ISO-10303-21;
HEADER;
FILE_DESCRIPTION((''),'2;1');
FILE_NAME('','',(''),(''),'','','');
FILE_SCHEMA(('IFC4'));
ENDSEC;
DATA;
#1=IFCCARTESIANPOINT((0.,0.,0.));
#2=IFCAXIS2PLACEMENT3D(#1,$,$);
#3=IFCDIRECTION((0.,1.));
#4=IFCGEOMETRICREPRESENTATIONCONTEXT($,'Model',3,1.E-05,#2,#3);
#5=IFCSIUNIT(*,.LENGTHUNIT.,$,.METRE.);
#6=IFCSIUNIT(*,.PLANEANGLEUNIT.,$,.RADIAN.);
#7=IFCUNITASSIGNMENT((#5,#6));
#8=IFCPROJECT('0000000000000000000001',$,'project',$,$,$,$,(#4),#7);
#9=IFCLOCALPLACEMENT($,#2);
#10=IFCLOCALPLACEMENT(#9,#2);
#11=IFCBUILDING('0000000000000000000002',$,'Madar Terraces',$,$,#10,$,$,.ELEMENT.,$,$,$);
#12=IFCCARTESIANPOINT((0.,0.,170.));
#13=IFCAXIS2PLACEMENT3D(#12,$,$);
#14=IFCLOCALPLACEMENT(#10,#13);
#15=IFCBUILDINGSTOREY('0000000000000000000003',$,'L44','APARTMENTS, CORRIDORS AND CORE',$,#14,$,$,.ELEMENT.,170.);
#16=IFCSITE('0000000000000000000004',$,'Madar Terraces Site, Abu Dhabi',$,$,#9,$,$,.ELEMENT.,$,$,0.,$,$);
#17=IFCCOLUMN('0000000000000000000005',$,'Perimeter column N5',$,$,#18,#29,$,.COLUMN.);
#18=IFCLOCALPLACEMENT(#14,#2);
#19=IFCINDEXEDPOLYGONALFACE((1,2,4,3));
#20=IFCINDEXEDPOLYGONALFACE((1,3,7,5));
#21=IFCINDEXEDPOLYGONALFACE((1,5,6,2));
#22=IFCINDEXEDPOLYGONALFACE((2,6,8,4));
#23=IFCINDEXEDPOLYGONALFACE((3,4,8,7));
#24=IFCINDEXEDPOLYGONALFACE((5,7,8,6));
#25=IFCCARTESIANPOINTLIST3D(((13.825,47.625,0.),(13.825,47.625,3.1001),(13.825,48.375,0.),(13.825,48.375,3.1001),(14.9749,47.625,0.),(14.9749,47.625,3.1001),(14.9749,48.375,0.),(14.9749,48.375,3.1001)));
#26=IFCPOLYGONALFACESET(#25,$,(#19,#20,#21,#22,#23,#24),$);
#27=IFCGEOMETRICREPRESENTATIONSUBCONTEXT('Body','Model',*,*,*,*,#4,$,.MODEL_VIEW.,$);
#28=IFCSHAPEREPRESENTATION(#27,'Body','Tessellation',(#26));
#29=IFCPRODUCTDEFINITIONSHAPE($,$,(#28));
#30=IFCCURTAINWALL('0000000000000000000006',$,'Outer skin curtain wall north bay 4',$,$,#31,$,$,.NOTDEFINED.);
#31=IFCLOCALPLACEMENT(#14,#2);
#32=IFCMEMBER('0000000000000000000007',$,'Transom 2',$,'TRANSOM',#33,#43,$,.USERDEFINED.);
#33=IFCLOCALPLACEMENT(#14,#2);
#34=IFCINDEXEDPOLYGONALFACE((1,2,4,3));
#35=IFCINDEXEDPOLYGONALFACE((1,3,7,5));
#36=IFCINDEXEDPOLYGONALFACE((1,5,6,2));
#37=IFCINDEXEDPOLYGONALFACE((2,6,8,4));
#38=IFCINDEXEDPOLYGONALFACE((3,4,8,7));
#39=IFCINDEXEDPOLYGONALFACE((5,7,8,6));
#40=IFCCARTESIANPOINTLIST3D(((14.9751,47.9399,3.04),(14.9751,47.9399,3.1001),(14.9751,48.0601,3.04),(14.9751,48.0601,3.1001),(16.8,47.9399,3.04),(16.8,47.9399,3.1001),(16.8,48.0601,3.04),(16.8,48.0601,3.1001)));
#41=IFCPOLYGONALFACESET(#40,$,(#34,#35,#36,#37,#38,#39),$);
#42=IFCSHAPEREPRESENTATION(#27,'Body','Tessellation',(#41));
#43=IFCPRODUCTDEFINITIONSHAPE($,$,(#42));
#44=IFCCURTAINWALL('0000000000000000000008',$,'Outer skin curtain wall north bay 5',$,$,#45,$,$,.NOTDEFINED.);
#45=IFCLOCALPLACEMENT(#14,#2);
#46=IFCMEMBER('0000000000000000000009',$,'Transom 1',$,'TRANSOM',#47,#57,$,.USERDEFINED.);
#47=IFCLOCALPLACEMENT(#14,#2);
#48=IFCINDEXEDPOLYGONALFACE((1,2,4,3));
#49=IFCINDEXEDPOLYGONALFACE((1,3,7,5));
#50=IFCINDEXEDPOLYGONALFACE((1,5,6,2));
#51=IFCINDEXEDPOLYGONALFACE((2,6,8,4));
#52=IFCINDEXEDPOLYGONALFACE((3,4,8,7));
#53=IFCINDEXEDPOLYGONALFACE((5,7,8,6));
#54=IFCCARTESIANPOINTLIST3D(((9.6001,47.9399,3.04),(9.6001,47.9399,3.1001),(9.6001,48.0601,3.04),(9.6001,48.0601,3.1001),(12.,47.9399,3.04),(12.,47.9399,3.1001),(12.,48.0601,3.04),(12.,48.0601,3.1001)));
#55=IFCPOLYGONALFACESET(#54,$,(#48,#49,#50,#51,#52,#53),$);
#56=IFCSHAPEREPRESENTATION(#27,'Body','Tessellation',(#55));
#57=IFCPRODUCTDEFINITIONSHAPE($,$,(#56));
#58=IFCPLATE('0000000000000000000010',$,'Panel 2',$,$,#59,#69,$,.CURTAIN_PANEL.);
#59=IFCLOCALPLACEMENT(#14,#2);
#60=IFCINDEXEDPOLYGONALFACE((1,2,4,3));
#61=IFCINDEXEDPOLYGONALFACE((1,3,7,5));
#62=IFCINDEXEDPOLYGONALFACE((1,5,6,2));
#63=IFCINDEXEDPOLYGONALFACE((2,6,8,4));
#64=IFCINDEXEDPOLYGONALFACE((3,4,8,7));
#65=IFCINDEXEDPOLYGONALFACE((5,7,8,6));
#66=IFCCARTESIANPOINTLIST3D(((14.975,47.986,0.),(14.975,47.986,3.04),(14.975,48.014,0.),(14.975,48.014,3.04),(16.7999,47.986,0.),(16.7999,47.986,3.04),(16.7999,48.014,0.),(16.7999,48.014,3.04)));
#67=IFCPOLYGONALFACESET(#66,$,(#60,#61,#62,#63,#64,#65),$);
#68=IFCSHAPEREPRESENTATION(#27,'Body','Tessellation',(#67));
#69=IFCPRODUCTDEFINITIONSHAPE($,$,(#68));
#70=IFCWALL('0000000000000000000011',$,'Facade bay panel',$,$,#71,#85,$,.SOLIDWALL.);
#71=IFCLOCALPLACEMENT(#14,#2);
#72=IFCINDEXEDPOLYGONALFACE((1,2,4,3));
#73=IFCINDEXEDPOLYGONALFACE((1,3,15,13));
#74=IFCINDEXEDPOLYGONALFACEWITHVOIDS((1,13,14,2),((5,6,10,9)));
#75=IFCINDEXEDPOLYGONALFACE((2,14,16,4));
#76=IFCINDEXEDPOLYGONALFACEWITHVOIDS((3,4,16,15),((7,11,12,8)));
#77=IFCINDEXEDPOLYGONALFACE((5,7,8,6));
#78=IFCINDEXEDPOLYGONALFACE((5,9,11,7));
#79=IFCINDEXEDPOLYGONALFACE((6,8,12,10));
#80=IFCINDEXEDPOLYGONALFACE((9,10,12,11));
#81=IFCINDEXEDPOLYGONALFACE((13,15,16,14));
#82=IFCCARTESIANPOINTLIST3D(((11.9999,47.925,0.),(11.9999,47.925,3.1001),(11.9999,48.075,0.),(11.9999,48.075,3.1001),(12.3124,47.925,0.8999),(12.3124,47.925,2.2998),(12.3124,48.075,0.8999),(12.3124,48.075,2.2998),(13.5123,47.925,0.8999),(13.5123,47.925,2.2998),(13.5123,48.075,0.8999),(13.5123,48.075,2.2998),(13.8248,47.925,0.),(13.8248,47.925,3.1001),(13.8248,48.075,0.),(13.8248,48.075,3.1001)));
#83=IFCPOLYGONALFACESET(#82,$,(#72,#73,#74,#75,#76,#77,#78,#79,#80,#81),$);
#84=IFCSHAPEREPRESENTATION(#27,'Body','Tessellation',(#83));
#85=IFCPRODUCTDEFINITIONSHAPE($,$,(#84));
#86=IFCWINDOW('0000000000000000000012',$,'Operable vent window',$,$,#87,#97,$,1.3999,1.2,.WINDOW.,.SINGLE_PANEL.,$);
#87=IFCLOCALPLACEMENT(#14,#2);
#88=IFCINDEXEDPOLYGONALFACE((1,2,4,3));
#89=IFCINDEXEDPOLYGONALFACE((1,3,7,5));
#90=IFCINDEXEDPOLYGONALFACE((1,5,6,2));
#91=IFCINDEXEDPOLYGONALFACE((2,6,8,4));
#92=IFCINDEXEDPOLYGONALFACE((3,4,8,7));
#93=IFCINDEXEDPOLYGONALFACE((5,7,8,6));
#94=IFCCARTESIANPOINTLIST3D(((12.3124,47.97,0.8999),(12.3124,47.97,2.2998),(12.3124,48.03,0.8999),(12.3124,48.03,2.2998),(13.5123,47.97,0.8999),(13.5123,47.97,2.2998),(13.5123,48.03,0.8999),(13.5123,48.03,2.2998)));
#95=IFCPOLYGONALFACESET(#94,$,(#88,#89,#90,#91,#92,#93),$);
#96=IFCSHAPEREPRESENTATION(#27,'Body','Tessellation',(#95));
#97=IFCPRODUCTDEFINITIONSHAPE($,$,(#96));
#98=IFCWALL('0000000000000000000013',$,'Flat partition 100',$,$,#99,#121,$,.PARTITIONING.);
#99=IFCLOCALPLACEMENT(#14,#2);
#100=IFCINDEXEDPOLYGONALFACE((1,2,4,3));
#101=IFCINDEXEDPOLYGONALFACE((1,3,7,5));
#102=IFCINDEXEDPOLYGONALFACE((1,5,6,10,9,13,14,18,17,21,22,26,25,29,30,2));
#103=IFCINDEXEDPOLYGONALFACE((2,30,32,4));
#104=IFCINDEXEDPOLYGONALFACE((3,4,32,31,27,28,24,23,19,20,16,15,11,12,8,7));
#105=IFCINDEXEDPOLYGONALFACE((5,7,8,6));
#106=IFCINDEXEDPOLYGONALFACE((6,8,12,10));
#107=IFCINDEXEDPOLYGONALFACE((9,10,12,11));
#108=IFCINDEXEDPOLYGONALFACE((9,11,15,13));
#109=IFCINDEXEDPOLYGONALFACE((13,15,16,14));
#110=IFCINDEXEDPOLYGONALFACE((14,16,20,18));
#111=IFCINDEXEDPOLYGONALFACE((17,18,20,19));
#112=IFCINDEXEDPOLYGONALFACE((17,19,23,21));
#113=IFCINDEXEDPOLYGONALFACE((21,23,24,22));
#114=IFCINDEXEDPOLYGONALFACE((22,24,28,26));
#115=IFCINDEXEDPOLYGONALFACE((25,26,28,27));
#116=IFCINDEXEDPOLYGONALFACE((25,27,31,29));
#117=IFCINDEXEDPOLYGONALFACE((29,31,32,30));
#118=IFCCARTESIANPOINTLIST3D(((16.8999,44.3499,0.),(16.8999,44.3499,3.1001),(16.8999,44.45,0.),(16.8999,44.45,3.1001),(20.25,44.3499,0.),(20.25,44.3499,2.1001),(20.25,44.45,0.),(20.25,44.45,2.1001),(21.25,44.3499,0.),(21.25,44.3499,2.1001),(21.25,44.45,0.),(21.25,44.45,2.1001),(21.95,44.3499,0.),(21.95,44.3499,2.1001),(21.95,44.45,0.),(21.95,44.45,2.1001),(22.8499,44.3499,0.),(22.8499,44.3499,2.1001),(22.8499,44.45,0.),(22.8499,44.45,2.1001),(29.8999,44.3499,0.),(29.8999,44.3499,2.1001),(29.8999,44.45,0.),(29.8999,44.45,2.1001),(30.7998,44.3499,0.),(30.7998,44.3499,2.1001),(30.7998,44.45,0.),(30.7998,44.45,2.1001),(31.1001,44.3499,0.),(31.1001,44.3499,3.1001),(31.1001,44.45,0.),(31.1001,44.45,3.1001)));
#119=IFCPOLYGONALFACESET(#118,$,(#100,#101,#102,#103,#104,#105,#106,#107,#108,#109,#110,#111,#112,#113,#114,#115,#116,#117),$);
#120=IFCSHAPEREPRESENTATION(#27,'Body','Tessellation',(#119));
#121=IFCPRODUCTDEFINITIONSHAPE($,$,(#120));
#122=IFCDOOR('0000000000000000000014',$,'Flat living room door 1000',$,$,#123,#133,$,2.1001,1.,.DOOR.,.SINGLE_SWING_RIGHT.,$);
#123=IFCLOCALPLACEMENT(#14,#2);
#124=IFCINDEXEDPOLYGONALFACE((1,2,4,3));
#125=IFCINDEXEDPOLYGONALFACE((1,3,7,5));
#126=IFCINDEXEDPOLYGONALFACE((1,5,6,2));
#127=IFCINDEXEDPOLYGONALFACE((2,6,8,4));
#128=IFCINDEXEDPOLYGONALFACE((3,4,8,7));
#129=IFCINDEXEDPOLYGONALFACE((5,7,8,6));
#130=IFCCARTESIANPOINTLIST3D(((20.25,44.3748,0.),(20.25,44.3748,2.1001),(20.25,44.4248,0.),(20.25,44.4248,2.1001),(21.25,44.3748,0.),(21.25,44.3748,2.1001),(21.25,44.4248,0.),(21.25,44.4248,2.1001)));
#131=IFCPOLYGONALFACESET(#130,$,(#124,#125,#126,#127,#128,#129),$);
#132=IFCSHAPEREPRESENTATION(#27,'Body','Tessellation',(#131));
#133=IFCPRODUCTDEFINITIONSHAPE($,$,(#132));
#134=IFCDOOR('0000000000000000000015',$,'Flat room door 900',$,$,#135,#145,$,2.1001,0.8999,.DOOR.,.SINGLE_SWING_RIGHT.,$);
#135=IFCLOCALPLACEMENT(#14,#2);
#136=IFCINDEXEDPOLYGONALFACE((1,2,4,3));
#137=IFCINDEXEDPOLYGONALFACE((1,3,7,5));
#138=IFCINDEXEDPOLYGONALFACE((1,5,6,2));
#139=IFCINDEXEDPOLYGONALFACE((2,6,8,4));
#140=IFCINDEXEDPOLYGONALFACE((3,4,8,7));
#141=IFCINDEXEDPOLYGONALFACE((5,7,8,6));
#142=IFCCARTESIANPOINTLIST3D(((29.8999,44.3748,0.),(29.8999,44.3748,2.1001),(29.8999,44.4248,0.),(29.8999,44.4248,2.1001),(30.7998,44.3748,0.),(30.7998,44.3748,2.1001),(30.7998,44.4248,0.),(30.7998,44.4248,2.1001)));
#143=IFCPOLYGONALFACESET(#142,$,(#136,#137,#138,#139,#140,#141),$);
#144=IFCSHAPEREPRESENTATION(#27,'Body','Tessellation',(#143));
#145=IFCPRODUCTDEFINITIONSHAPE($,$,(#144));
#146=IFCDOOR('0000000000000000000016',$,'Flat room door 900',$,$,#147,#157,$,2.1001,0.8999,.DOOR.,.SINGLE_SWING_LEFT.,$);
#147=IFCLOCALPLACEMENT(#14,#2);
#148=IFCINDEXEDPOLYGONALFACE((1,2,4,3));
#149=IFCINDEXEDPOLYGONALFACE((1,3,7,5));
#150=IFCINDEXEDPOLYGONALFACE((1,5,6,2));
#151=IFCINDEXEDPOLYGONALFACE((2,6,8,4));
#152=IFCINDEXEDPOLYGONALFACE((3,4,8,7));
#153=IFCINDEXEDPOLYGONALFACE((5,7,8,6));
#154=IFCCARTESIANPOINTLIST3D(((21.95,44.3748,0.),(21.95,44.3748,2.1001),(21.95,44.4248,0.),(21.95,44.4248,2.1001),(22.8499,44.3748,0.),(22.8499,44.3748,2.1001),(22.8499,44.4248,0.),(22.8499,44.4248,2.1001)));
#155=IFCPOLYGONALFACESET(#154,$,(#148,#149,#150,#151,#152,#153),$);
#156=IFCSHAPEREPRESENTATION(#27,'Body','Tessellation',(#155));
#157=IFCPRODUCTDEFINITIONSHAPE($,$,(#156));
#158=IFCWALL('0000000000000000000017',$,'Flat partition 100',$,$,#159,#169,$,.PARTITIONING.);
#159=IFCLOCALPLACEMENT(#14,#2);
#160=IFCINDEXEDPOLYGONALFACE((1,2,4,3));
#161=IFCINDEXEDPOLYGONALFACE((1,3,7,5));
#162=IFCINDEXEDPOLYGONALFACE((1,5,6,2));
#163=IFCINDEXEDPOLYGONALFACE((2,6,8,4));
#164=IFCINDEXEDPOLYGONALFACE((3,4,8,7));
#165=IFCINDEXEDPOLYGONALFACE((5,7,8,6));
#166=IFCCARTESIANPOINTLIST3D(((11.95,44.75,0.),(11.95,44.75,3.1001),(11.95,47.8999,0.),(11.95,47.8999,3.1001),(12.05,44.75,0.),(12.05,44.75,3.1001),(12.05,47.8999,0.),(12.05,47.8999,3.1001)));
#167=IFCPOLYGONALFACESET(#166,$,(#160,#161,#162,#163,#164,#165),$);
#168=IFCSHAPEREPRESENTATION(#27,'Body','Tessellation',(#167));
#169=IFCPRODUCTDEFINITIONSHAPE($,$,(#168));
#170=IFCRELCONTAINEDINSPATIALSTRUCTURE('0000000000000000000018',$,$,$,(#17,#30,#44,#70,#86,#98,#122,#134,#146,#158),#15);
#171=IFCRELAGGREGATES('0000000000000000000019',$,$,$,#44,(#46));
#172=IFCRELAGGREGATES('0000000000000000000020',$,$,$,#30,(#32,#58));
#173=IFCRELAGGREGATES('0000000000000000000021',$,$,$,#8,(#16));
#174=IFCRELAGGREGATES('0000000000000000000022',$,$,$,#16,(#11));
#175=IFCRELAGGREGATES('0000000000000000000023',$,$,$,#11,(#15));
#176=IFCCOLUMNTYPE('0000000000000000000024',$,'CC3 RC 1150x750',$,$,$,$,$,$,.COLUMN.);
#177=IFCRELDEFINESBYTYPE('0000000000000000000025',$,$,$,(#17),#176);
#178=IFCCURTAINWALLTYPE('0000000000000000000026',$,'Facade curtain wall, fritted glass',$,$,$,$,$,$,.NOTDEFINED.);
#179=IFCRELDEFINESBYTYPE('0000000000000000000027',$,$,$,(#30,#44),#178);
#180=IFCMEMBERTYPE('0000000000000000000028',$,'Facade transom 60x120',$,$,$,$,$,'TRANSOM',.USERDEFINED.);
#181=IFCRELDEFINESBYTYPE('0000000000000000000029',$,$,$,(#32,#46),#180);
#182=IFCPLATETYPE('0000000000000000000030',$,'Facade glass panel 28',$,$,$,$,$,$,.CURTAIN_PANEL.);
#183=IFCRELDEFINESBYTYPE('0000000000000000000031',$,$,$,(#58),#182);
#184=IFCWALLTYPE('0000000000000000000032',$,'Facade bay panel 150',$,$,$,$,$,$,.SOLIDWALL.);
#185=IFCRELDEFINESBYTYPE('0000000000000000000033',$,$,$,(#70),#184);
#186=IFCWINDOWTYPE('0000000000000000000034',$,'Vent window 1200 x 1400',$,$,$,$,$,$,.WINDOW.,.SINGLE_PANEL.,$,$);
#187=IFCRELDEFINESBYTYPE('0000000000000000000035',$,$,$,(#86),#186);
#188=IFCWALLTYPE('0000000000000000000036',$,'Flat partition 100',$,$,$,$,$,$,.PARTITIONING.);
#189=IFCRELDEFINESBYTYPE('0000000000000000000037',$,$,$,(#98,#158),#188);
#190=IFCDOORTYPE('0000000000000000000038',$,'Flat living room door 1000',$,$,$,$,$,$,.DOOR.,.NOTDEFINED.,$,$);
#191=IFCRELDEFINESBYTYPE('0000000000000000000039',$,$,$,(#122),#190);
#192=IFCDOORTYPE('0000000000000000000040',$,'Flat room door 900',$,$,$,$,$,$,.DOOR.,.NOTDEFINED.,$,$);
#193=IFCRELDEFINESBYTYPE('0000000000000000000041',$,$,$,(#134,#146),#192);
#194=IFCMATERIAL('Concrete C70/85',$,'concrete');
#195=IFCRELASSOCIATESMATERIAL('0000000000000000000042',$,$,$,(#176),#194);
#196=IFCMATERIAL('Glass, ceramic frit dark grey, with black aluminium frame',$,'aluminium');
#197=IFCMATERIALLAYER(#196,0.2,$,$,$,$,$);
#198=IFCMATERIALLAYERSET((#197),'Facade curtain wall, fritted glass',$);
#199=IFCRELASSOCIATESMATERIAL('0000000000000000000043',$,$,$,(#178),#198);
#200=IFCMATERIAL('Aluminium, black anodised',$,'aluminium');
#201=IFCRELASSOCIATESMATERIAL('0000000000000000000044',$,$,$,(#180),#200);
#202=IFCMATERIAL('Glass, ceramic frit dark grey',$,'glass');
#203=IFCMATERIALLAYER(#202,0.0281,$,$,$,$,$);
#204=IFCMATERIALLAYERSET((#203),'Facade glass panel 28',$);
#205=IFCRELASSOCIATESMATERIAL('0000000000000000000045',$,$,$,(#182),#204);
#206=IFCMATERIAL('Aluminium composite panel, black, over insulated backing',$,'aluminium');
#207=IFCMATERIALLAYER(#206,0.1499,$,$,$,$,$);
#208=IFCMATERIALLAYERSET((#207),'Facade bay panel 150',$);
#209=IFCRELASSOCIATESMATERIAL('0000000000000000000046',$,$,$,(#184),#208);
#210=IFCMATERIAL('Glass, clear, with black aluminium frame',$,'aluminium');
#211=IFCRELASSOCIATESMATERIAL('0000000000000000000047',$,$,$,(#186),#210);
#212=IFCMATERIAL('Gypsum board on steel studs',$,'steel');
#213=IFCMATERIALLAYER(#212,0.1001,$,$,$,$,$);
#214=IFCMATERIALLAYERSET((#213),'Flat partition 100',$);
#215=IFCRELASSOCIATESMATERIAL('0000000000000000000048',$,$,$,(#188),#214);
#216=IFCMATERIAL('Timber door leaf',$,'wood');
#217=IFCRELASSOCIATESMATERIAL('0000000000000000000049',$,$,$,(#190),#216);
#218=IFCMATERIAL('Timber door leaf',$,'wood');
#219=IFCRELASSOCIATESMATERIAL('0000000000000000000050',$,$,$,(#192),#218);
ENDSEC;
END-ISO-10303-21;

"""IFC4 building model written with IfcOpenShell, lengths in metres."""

from ifc_helpers import new_model, si_unit, direction, frame, frame_2d, origin, origin_2d, place, context, subcontext, project, spatial, rectangle, extrude, material, layer, layer_set, material_profile, profile_set, type_object, element, fill, aggregate, save


model = new_model("IFC4")

# Units and contexts
model_context = context("Model", 3, precision=1e-05, world=origin(), true_north=direction((0.0, 1.0)))
body_context = subcontext(model_context, "Body", "Model", "MODEL_VIEW")
ifc_project = project(units=[si_unit("LENGTHUNIT", "METRE"), si_unit("PLANEANGLEUNIT", "RADIAN")], contexts=[model_context])

# Site, building, storey
site_placement = place(None, origin())
site = spatial("IfcSite", under=ifc_project, at=site_placement, Name="Madar Terraces Site, Abu Dhabi", CompositionType="ELEMENT", RefElevation=0.0)
building_placement = place(site_placement, origin())
building = spatial("IfcBuilding", under=site, at=building_placement, Name="Madar Terraces", CompositionType="ELEMENT")
storey_placement = place(building_placement, frame((0.0, 0.0, 170.0)))
storey = spatial("IfcBuildingStorey", under=building, at=storey_placement, Name="L44", Description="APARTMENTS, CORRIDORS AND CORE", CompositionType="ELEMENT", Elevation=170.0)

# Column
ifc_material_1 = material(Name="Concrete C70/85", Category="concrete")
ifc_material_profile_1 = material_profile(ifc_material_1, rectangle(XDim=1.1499, YDim=0.75, at=origin_2d()), Name="CC3 RC 1150x750")
ifc_profile_set_1 = profile_set([ifc_material_profile_1], Name="Concrete C70/85")
column_type = type_object("IfcColumnType", Name="CC3 RC 1150x750", PredefinedType="COLUMN", material=ifc_profile_set_1)
column_placement = place(storey_placement, frame((14.3999, 48.0, 0.0), z_axis=(0.0, 0.0, 1.0), x_axis=(1.0, 0.0, 0.0)))
element("IfcColumn", 1, at=column_placement, inside=storey, type_object=column_type, Name="Perimeter column N5", PredefinedType="COLUMN", context=body_context, shape_type="SweptSolid", body=[
    extrude(rectangle(XDim=1.1499, YDim=0.75, at=origin_2d()), origin(), (0.0, 0.0, 1.0), 3.1001),
])

# Curtain walls, members
ifc_material_2 = material(Name="Glass, ceramic frit dark grey, with black aluminium frame", Category="aluminium")
ifc_layer_1 = layer(ifc_material_2, 0.2)
ifc_layer_set_1 = layer_set([ifc_layer_1], Name="Facade curtain wall, fritted glass")
curtain_wall_type = type_object("IfcCurtainWallType", Name="Facade curtain wall, fritted glass", PredefinedType="NOTDEFINED", material=ifc_layer_set_1)
curtain_wall_1_placement = place(storey_placement, origin())
curtain_wall_1 = element("IfcCurtainWall", 2, at=curtain_wall_1_placement, inside=storey, type_object=curtain_wall_type, Name="Outer skin curtain wall north bay 4", PredefinedType="NOTDEFINED")
ifc_material_3 = material(Name="Aluminium, black anodised", Category="aluminium")
ifc_material_profile_2 = material_profile(ifc_material_3, rectangle(XDim=0.1201, YDim=0.0601, at=origin_2d()), Name="Facade transom 60x120")
ifc_profile_set_2 = profile_set([ifc_material_profile_2], Name="Aluminium, black anodised")
member_type = type_object("IfcMemberType", Name="Facade transom 60x120", ElementType="TRANSOM", PredefinedType="USERDEFINED", material=ifc_profile_set_2)
member_1_placement = place(storey_placement, frame((16.8, 48.0, 3.0701), z_axis=(-1.0, 0.0, 0.0), x_axis=(0.0, -1.0, 0.0)))
member_1 = element("IfcMember", 3, at=member_1_placement, type_object=member_type, Name="Transom 2", ObjectType="TRANSOM", PredefinedType="USERDEFINED", context=body_context, shape_type="SweptSolid", body=[
    extrude(rectangle(XDim=0.1201, YDim=0.0601, at=origin_2d()), origin(), (0.0, 0.0, 1.0), 1.825),
])
curtain_wall_2_placement = place(storey_placement, origin())
curtain_wall_2 = element("IfcCurtainWall", 4, at=curtain_wall_2_placement, inside=storey, type_object=curtain_wall_type, Name="Outer skin curtain wall north bay 5", PredefinedType="NOTDEFINED")
member_2_placement = place(storey_placement, frame((12.0, 48.0, 3.0701), z_axis=(-1.0, 0.0, 0.0), x_axis=(0.0, -1.0, 0.0)))
member_2 = element("IfcMember", 5, at=member_2_placement, type_object=member_type, Name="Transom 1", ObjectType="TRANSOM", PredefinedType="USERDEFINED", context=body_context, shape_type="SweptSolid", body=[
    extrude(rectangle(XDim=0.1201, YDim=0.0601, at=origin_2d()), origin(), (0.0, 0.0, 1.0), 2.3999),
])
aggregate(curtain_wall_2, [member_2])

# Plate
ifc_material_4 = material(Name="Glass, ceramic frit dark grey", Category="glass")
ifc_layer_2 = layer(ifc_material_4, 0.0281)
ifc_layer_set_2 = layer_set([ifc_layer_2], Name="Facade glass panel 28")
plate_type = type_object("IfcPlateType", Name="Facade glass panel 28", PredefinedType="CURTAIN_PANEL", material=ifc_layer_set_2)
plate_placement = place(storey_placement, frame((15.8875, 48.0, 0.0), z_axis=(0.0, 0.0, 1.0), x_axis=(-1.0, 0.0, 0.0)))
plate = element("IfcPlate", 6, at=plate_placement, type_object=plate_type, Name="Panel 2", PredefinedType="CURTAIN_PANEL", context=body_context, shape_type="SweptSolid", body=[
    extrude(rectangle(XDim=1.825, YDim=0.0281, at=origin_2d()), origin(), (0.0, 0.0, 1.0), 3.04),
])
aggregate(curtain_wall_1, [member_1, plate])

# Shared definitions
ifc_material_5 = material(Name="Aluminium composite panel, black, over insulated backing", Category="aluminium")
ifc_layer_3 = layer(ifc_material_5, 0.1499)
ifc_layer_set_3 = layer_set([ifc_layer_3], Name="Facade bay panel 150")
wall_type_1 = type_object("IfcWallType", Name="Facade bay panel 150", PredefinedType="SOLIDWALL", material=ifc_layer_set_3)

# Wall, opening, window
wall_1_placement = place(storey_placement, frame((13.825, 48.0, 0.0), z_axis=(0.0, 0.0, 1.0), x_axis=(-1.0, 0.0, 0.0)))
wall_1 = element("IfcWall", 7, at=wall_1_placement, inside=storey, type_object=wall_type_1, Name="Facade bay panel", PredefinedType="SOLIDWALL", context=body_context, shape_type="SweptSolid", body=[
    extrude(rectangle(XDim=1.825, YDim=0.1499, at=frame_2d((0.9126, 0.0))), origin(), (0.0, 0.0, 1.0), 3.1001),
])
opening_1_placement = place(wall_1_placement, frame((0.3125, 0.0, 0.8999)))
opening_1 = element("IfcOpeningElement", 8, at=opening_1_placement, cuts=wall_1, PredefinedType="OPENING", context=body_context, shape_type="SweptSolid", body=[
    extrude(rectangle(XDim=1.2, YDim=1.3999, at=frame_2d((0.6001, 0.7))), frame((0.0, 0.085, 0.0), z_axis=(0.0, -1.0, 0.0), x_axis=(1.0, 0.0, 0.0)), (0.0, 0.0, 1.0), 0.1699),
])
ifc_material_6 = material(Name="Glass, clear, with black aluminium frame", Category="aluminium")
window_type = type_object("IfcWindowType", Name="Vent window 1200 x 1400", PartitioningType="SINGLE_PANEL", PredefinedType="WINDOW", material=ifc_material_6)
window_placement = place(opening_1_placement, origin())
window = element("IfcWindow", 9, at=window_placement, inside=storey, type_object=window_type, Name="Operable vent window", OverallHeight=1.3999, OverallWidth=1.2, PartitioningType="SINGLE_PANEL", PredefinedType="WINDOW", context=body_context, shape_type="SweptSolid", body=[
    extrude(rectangle(XDim=1.2, YDim=1.3999, at=frame_2d((0.6001, 0.7))), frame((0.0, 0.03, 0.0), z_axis=(0.0, -1.0, 0.0), x_axis=(1.0, 0.0, 0.0)), (0.0, 0.0, 1.0), 0.0601),
])
fill(opening_1, window)

# Wall, openings, doors
ifc_material_7 = material(Name="Gypsum board on steel studs", Category="steel")
ifc_layer_4 = layer(ifc_material_7, 0.1001)
ifc_layer_set_4 = layer_set([ifc_layer_4], Name="Flat partition 100")
wall_type_2 = type_object("IfcWallType", Name="Flat partition 100", PredefinedType="PARTITIONING", material=ifc_layer_set_4)
wall_2_placement = place(storey_placement, frame((16.8999, 44.3999, 0.0), z_axis=(0.0, 0.0, 1.0), x_axis=(1.0, 0.0, 0.0)))
wall_2 = element("IfcWall", 10, at=wall_2_placement, inside=storey, type_object=wall_type_2, Name="Flat partition 100", PredefinedType="PARTITIONING", context=body_context, shape_type="SweptSolid", body=[
    extrude(rectangle(XDim=14.2002, YDim=0.1001, at=frame_2d((7.1001, 0.0))), origin(), (0.0, 0.0, 1.0), 3.1001),
])
opening_2_placement = place(wall_2_placement, frame((13.0, 0.0, 0.0)))
opening_2 = element("IfcOpeningElement", 11, at=opening_2_placement, cuts=wall_2, PredefinedType="OPENING", context=body_context, shape_type="SweptSolid", body=[
    extrude(rectangle(XDim=0.8999, YDim=2.1001, at=frame_2d((0.45, 1.05))), frame((0.0, 0.0601, 0.0), z_axis=(0.0, -1.0, 0.0), x_axis=(1.0, 0.0, 0.0)), (0.0, 0.0, 1.0), 0.1201),
])
opening_3_placement = place(wall_2_placement, frame((5.05, 0.0, 0.0)))
opening_3 = element("IfcOpeningElement", 12, at=opening_3_placement, cuts=wall_2, PredefinedType="OPENING", context=body_context, shape_type="SweptSolid", body=[
    extrude(rectangle(XDim=0.8999, YDim=2.1001, at=frame_2d((0.45, 1.05))), frame((0.0, 0.0601, 0.0), z_axis=(0.0, -1.0, 0.0), x_axis=(1.0, 0.0, 0.0)), (0.0, 0.0, 1.0), 0.1201),
])
opening_4_placement = place(wall_2_placement, frame((3.3501, 0.0, 0.0)))
opening_4 = element("IfcOpeningElement", 13, at=opening_4_placement, cuts=wall_2, PredefinedType="OPENING", context=body_context, shape_type="SweptSolid", body=[
    extrude(rectangle(XDim=1.0, YDim=2.1001, at=frame_2d((0.5, 1.05))), frame((0.0, 0.0601, 0.0), z_axis=(0.0, -1.0, 0.0), x_axis=(1.0, 0.0, 0.0)), (0.0, 0.0, 1.0), 0.1201),
])
ifc_material_8 = material(Name="Timber door leaf", Category="wood")
door_type_1 = type_object("IfcDoorType", Name="Flat living room door 1000", OperationType="NOTDEFINED", PredefinedType="DOOR", material=ifc_material_8)
door_1_placement = place(opening_4_placement, origin())
door_1 = element("IfcDoor", 14, at=door_1_placement, inside=storey, type_object=door_type_1, Name="Flat living room door 1000", OperationType="SINGLE_SWING_RIGHT", OverallHeight=2.1001, OverallWidth=1.0, PredefinedType="DOOR", context=body_context, shape_type="SweptSolid", body=[
    extrude(rectangle(XDim=1.0, YDim=2.1001, at=frame_2d((0.5, 1.05))), frame((0.0, 0.0249, 0.0), z_axis=(0.0, -1.0, 0.0), x_axis=(1.0, 0.0, 0.0)), (0.0, 0.0, 1.0), 0.05),
])
fill(opening_4, door_1)
ifc_material_9 = material(Name="Timber door leaf", Category="wood")
door_type_2 = type_object("IfcDoorType", Name="Flat room door 900", OperationType="NOTDEFINED", PredefinedType="DOOR", material=ifc_material_9)
door_2_placement = place(opening_2_placement, origin())
door_2 = element("IfcDoor", 15, at=door_2_placement, inside=storey, type_object=door_type_2, Name="Flat room door 900", OperationType="SINGLE_SWING_RIGHT", OverallHeight=2.1001, OverallWidth=0.8999, PredefinedType="DOOR", context=body_context, shape_type="SweptSolid", body=[
    extrude(rectangle(XDim=0.8999, YDim=2.1001, at=frame_2d((0.45, 1.05))), frame((0.0, 0.0249, 0.0), z_axis=(0.0, -1.0, 0.0), x_axis=(1.0, 0.0, 0.0)), (0.0, 0.0, 1.0), 0.05),
])
fill(opening_2, door_2)
door_3_placement = place(opening_3_placement, origin())
door_3 = element("IfcDoor", 16, at=door_3_placement, inside=storey, type_object=door_type_2, Name="Flat room door 900", OperationType="SINGLE_SWING_LEFT", OverallHeight=2.1001, OverallWidth=0.8999, PredefinedType="DOOR", context=body_context, shape_type="SweptSolid", body=[
    extrude(rectangle(XDim=0.8999, YDim=2.1001, at=frame_2d((0.45, 1.05))), frame((0.0, 0.0249, 0.0), z_axis=(0.0, -1.0, 0.0), x_axis=(1.0, 0.0, 0.0)), (0.0, 0.0, 1.0), 0.05),
])
fill(opening_3, door_3)

# Wall
wall_3_placement = place(storey_placement, frame((12.0, 44.75, 0.0), z_axis=(0.0, 0.0, 1.0), x_axis=(0.0, 1.0, 0.0)))
element("IfcWall", 17, at=wall_3_placement, inside=storey, type_object=wall_type_2, Name="Flat partition 100", PredefinedType="PARTITIONING", context=body_context, shape_type="SweptSolid", body=[
    extrude(rectangle(XDim=3.1499, YDim=0.1001, at=frame_2d((1.575, 0.0))), origin(), (0.0, 0.0, 1.0), 3.1001),
])

save(model, "model.ifc")
